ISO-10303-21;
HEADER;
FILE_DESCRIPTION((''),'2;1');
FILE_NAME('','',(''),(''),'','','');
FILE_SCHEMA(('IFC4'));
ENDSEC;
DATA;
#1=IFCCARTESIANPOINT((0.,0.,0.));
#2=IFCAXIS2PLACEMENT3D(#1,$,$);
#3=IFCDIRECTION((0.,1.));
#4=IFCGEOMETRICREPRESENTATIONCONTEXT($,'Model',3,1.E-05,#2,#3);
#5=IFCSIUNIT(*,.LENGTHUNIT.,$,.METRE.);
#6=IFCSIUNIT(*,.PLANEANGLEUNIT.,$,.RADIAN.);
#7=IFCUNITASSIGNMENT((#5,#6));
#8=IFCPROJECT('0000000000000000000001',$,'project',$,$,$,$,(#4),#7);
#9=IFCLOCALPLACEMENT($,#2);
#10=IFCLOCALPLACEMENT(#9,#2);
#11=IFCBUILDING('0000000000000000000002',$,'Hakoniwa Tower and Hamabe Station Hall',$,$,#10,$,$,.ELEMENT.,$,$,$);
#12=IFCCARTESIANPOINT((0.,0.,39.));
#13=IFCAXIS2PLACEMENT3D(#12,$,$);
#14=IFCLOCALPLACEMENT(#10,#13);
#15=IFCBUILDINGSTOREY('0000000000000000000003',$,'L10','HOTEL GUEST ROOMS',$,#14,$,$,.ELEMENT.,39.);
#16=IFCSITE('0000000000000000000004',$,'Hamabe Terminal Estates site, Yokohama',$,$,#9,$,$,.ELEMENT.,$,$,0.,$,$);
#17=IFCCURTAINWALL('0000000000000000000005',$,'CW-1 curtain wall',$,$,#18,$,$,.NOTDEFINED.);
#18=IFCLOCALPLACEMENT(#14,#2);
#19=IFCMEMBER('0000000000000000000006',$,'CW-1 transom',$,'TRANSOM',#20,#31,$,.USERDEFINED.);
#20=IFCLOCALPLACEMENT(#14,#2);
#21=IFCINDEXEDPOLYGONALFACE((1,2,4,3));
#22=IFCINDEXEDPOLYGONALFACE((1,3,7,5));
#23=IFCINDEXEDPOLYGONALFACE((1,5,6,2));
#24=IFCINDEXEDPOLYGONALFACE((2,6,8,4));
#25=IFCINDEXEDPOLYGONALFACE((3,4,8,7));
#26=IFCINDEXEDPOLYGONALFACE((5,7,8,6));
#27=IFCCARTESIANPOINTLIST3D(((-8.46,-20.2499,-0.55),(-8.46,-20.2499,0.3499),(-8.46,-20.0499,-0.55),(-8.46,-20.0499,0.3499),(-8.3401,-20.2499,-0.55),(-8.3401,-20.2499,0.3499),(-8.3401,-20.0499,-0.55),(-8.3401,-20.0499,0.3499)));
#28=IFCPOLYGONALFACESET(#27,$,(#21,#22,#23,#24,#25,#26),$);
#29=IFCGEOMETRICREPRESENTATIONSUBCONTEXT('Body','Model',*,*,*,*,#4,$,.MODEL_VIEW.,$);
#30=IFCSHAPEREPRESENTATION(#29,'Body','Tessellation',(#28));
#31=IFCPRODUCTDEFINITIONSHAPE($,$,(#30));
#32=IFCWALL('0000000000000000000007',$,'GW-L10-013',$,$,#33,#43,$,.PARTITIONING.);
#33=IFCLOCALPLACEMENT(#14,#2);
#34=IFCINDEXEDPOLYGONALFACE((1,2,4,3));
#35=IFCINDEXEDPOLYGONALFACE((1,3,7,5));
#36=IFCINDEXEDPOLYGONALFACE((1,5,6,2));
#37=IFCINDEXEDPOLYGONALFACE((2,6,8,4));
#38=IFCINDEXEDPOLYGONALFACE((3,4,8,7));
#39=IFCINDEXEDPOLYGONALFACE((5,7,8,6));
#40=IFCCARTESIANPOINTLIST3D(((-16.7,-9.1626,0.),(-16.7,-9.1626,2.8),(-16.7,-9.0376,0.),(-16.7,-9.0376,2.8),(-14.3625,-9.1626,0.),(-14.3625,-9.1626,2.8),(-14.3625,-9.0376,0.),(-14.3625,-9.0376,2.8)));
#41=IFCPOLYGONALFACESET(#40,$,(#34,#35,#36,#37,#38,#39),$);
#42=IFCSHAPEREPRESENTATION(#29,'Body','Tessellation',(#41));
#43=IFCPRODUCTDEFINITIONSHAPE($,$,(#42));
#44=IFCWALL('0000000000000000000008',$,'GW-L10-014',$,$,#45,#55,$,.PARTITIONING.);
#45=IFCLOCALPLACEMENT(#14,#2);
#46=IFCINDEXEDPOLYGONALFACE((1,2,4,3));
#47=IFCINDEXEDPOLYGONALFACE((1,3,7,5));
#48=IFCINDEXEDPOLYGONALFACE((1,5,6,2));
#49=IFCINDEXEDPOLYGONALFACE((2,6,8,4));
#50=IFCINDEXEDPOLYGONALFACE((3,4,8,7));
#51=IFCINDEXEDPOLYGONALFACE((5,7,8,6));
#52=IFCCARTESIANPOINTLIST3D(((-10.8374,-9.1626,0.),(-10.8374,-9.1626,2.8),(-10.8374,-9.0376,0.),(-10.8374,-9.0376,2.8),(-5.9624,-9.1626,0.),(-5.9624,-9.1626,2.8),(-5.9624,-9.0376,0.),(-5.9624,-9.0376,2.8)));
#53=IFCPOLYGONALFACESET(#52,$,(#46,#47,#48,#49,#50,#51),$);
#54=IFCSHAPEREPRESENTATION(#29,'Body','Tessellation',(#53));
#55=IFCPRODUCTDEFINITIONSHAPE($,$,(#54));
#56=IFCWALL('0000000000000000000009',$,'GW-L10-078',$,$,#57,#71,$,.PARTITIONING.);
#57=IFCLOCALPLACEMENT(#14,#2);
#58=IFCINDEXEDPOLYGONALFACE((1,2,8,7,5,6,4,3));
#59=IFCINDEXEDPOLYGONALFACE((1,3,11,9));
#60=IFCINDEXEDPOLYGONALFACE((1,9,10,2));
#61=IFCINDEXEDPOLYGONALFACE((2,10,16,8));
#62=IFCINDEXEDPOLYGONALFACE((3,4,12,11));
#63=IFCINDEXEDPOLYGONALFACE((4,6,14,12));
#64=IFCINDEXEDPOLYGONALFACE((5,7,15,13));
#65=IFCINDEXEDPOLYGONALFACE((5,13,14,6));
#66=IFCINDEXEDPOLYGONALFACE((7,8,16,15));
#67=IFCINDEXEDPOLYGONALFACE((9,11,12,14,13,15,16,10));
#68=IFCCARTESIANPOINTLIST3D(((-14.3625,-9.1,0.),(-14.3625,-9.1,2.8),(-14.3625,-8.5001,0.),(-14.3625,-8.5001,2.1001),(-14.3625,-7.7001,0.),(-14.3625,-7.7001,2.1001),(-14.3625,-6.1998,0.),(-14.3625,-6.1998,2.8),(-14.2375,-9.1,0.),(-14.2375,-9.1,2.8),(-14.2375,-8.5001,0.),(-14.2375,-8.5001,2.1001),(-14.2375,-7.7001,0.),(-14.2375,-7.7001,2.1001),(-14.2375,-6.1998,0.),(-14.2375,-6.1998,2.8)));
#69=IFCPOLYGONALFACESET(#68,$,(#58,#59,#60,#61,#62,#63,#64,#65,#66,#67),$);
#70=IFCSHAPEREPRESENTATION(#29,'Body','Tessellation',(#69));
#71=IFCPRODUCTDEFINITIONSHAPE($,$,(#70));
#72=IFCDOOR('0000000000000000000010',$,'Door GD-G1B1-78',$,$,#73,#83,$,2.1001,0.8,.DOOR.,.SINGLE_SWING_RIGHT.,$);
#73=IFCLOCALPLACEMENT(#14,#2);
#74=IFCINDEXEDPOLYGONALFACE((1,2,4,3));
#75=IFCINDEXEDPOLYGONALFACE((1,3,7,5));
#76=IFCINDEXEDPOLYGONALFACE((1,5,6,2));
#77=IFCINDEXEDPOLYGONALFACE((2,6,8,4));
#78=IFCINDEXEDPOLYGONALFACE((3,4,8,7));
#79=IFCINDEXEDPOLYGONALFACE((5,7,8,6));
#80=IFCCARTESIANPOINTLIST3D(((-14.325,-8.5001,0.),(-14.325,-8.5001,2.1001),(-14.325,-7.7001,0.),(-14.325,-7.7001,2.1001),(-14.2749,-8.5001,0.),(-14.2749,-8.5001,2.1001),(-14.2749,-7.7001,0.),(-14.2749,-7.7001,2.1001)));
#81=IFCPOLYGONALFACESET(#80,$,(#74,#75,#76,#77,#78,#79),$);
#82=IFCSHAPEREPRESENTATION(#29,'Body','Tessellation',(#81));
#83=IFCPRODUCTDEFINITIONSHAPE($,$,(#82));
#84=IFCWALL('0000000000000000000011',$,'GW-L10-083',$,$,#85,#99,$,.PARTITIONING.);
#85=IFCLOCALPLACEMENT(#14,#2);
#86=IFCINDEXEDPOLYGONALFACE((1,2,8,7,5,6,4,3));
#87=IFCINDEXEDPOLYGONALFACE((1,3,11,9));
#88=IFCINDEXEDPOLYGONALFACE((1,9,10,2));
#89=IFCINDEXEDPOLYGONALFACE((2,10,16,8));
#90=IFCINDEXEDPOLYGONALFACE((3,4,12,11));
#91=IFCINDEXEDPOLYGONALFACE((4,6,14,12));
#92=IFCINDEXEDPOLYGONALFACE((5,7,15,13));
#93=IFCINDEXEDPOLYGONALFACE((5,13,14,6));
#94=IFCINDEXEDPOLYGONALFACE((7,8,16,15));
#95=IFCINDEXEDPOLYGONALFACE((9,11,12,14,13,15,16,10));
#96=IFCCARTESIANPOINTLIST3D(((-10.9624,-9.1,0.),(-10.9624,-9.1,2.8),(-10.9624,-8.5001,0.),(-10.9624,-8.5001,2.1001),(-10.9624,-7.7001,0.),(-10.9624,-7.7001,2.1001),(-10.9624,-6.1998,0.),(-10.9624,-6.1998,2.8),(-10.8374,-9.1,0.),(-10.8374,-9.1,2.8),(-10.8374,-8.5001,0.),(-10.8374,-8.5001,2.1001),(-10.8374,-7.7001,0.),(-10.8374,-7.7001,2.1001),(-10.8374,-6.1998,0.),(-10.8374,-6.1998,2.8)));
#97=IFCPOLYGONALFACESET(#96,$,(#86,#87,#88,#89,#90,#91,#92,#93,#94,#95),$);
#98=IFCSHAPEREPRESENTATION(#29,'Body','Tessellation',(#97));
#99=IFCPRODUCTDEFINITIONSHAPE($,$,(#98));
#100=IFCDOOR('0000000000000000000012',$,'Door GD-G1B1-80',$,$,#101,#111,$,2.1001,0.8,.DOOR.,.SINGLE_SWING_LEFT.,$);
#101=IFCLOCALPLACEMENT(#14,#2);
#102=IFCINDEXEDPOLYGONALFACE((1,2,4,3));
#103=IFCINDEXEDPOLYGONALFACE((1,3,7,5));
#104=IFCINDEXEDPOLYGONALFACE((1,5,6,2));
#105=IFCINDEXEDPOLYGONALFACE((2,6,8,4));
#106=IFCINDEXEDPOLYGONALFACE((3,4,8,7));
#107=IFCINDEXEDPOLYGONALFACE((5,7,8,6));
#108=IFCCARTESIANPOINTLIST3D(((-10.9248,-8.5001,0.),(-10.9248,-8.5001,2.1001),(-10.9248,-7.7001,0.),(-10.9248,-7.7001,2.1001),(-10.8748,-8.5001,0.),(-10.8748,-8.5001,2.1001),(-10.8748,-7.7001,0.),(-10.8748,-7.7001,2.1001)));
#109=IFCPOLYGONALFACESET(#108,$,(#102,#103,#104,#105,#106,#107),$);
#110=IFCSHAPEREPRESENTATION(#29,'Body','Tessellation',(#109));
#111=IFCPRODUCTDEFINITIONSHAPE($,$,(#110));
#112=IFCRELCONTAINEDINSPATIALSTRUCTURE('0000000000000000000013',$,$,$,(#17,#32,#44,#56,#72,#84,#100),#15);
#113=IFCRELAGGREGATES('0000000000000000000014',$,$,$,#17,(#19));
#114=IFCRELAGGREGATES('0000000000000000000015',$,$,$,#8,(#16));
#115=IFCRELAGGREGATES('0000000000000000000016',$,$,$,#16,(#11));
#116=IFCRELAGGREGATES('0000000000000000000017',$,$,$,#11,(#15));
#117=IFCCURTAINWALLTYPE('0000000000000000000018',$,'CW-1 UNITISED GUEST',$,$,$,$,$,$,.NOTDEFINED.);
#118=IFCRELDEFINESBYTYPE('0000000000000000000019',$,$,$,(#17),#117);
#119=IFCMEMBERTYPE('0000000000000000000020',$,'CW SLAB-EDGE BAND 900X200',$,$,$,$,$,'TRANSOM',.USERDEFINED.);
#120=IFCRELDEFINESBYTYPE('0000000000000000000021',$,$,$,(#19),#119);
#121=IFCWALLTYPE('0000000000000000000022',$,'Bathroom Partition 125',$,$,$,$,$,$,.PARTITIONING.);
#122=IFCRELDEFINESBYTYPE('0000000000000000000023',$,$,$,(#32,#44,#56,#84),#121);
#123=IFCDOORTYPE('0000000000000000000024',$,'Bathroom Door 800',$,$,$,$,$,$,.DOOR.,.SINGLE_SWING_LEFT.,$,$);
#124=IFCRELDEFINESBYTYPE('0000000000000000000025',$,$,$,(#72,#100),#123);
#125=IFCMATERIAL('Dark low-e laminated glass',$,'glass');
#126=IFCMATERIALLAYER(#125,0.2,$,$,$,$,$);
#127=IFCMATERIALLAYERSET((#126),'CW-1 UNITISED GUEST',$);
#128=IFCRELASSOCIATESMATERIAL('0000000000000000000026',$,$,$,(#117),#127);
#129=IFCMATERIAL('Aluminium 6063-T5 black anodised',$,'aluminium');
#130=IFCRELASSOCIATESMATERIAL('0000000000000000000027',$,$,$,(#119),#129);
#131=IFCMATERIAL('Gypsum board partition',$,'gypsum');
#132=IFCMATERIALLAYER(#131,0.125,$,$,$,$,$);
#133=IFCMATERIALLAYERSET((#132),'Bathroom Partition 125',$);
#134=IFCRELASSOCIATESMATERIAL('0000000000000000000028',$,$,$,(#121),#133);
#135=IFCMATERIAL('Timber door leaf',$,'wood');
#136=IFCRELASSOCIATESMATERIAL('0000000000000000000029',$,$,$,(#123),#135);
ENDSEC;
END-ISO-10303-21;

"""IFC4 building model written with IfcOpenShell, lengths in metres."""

from ifc_helpers import new_model, si_unit, direction, frame, frame_2d, origin, origin_2d, place, context, subcontext, project, spatial, rectangle, extrude, material, layer, layer_set, material_profile, profile_set, type_object, element, fill, aggregate, save


model = new_model("IFC4")

# Units and contexts
model_context = context("Model", 3, precision=1e-05, world=origin(), true_north=direction((0.0, 1.0)))
body_context = subcontext(model_context, "Body", "Model", "MODEL_VIEW")
ifc_project = project(units=[si_unit("LENGTHUNIT", "METRE"), si_unit("PLANEANGLEUNIT", "RADIAN")], contexts=[model_context])

# Site, building, storey
site_placement = place(None, origin())
site = spatial("IfcSite", under=ifc_project, at=site_placement, Name="Hamabe Terminal Estates site, Yokohama", CompositionType="ELEMENT", RefElevation=0.0)
building_placement = place(site_placement, origin())
building = spatial("IfcBuilding", under=site, at=building_placement, Name="Hakoniwa Tower and Hamabe Station Hall", CompositionType="ELEMENT")
storey_placement = place(building_placement, frame((0.0, 0.0, 39.0)))
storey = spatial("IfcBuildingStorey", under=building, at=storey_placement, Name="L10", Description="HOTEL GUEST ROOMS", CompositionType="ELEMENT", Elevation=39.0)

# Curtain wall, member
ifc_material_1 = material(Name="Dark low-e laminated glass", Category="glass")
ifc_layer_1 = layer(ifc_material_1, 0.2)
ifc_layer_set_1 = layer_set([ifc_layer_1], Name="CW-1 UNITISED GUEST")
curtain_wall_type = type_object("IfcCurtainWallType", Name="CW-1 UNITISED GUEST", PredefinedType="NOTDEFINED", material=ifc_layer_set_1)
curtain_wall_placement = place(storey_placement, origin())
curtain_wall = element("IfcCurtainWall", 1, at=curtain_wall_placement, inside=storey, type_object=curtain_wall_type, Name="CW-1 curtain wall", PredefinedType="NOTDEFINED")
ifc_material_2 = material(Name="Aluminium 6063-T5 black anodised", Category="aluminium")
ifc_material_profile = material_profile(ifc_material_2, rectangle(XDim=0.2, YDim=0.8999, at=origin_2d()), Name="CW SLAB-EDGE BAND 900X200")
ifc_profile_set = profile_set([ifc_material_profile], Name="Aluminium 6063-T5 black anodised")
member_type = type_object("IfcMemberType", Name="CW SLAB-EDGE BAND 900X200", ElementType="TRANSOM", PredefinedType="USERDEFINED", material=ifc_profile_set)
member_placement = place(storey_placement, frame((-8.46, -20.1499, -0.1001), z_axis=(1.0, 0.0, 0.0), x_axis=(0.0, 1.0, 0.0)))
member = element("IfcMember", 2, at=member_placement, type_object=member_type, Name="CW-1 transom", ObjectType="TRANSOM", PredefinedType="USERDEFINED", context=body_context, shape_type="SweptSolid", body=[
    extrude(rectangle(XDim=0.2, YDim=0.8999, at=origin_2d()), origin(), (0.0, 0.0, 1.0), 0.1199),
])

# Walls
ifc_material_3 = material(Name="Gypsum board partition", Category="gypsum")
ifc_layer_2 = layer(ifc_material_3, 0.125)
ifc_layer_set_2 = layer_set([ifc_layer_2], Name="Bathroom Partition 125")
wall_type_1 = type_object("IfcWallType", Name="Bathroom Partition 125", PredefinedType="PARTITIONING", material=ifc_layer_set_2)
wall_1_placement = place(storey_placement, frame((-16.7, -9.1001, 0.0), z_axis=(0.0, 0.0, 1.0), x_axis=(1.0, 0.0, 0.0)))
element("IfcWall", 3, at=wall_1_placement, inside=storey, type_object=wall_type_1, Name="GW-L10-013", PredefinedType="PARTITIONING", context=body_context, shape_type="SweptSolid", body=[
    extrude(rectangle(XDim=2.3374, YDim=0.125, at=frame_2d((1.1687, 0.0))), origin(), (0.0, 0.0, 1.0), 2.8),
])
wall_2_placement = place(storey_placement, frame((-10.8374, -9.1001, 0.0), z_axis=(0.0, 0.0, 1.0), x_axis=(1.0, 0.0, 0.0)))
element("IfcWall", 4, at=wall_2_placement, inside=storey, type_object=wall_type_1, Name="GW-L10-014", PredefinedType="PARTITIONING", context=body_context, shape_type="SweptSolid", body=[
    extrude(rectangle(XDim=4.875, YDim=0.125, at=frame_2d((2.4375, 0.0))), origin(), (0.0, 0.0, 1.0), 2.8),
])

# Walls, openings, doors
wall_3_placement = place(storey_placement, frame((-14.3, -9.1001, 0.0), z_axis=(0.0, 0.0, 1.0), x_axis=(0.0, 1.0, 0.0)))
wall_3 = element("IfcWall", 5, at=wall_3_placement, inside=storey, type_object=wall_type_1, Name="GW-L10-078", PredefinedType="PARTITIONING", context=body_context, shape_type="SweptSolid", body=[
    extrude(rectangle(XDim=2.9001, YDim=0.125, at=frame_2d((1.4502, 0.0))), origin(), (0.0, 0.0, 1.0), 2.8),
])
opening_1_placement = place(wall_3_placement, frame((0.6001, 0.0, 0.0)))
opening_1 = element("IfcOpeningElement", 6, at=opening_1_placement, cuts=wall_3, PredefinedType="OPENING", context=body_context, shape_type="SweptSolid", body=[
    extrude(rectangle(XDim=0.8, YDim=2.1001, at=frame_2d((0.3999, 1.05))), frame((0.0, 0.0725, 0.0), z_axis=(0.0, -1.0, 0.0), x_axis=(1.0, 0.0, 0.0)), (0.0, 0.0, 1.0), 0.145),
])
ifc_material_4 = material(Name="Timber door leaf", Category="wood")
door_type_1 = type_object("IfcDoorType", Name="Bathroom Door 800", OperationType="SINGLE_SWING_LEFT", PredefinedType="DOOR", material=ifc_material_4)
door_1_placement = place(opening_1_placement, origin())
door_1 = element("IfcDoor", 7, at=door_1_placement, inside=storey, type_object=door_type_1, Name="Door GD-G1B1-78", OperationType="SINGLE_SWING_RIGHT", OverallHeight=2.1001, OverallWidth=0.8, PredefinedType="DOOR", context=body_context, shape_type="SweptSolid", body=[
    extrude(rectangle(XDim=0.8, YDim=2.1001, at=frame_2d((0.3999, 1.05))), frame((0.0, 0.0249, 0.0), z_axis=(0.0, -1.0, 0.0), x_axis=(1.0, 0.0, 0.0)), (0.0, 0.0, 1.0), 0.05),
])
fill(opening_1, door_1)
wall_4_placement = place(storey_placement, frame((-10.8999, -9.1001, 0.0), z_axis=(0.0, 0.0, 1.0), x_axis=(0.0, 1.0, 0.0)))
wall_4 = element("IfcWall", 8, at=wall_4_placement, inside=storey, type_object=wall_type_1, Name="GW-L10-083", PredefinedType="PARTITIONING", context=body_context, shape_type="SweptSolid", body=[
    extrude(rectangle(XDim=2.9001, YDim=0.125, at=frame_2d((1.4502, 0.0))), origin(), (0.0, 0.0, 1.0), 2.8),
])
opening_2_placement = place(wall_4_placement, frame((0.6001, 0.0, 0.0)))
opening_2 = element("IfcOpeningElement", 9, at=opening_2_placement, cuts=wall_4, PredefinedType="OPENING", context=body_context, shape_type="SweptSolid", body=[
    extrude(rectangle(XDim=0.8, YDim=2.1001, at=frame_2d((0.3999, 1.05))), frame((0.0, 0.0725, 0.0), z_axis=(0.0, -1.0, 0.0), x_axis=(1.0, 0.0, 0.0)), (0.0, 0.0, 1.0), 0.145),
])
door_2_placement = place(opening_2_placement, origin())
door_2 = element("IfcDoor", 10, at=door_2_placement, inside=storey, type_object=door_type_1, Name="Door GD-G1B1-80", OperationType="SINGLE_SWING_LEFT", OverallHeight=2.1001, OverallWidth=0.8, PredefinedType="DOOR", context=body_context, shape_type="SweptSolid", body=[
    extrude(rectangle(XDim=0.8, YDim=2.1001, at=frame_2d((0.3999, 1.05))), frame((0.0, 0.0249, 0.0), z_axis=(0.0, -1.0, 0.0), x_axis=(1.0, 0.0, 0.0)), (0.0, 0.0, 1.0), 0.05),
])
fill(opening_2, door_2)

aggregate(curtain_wall, [member])

save(model, "model.ifc")
